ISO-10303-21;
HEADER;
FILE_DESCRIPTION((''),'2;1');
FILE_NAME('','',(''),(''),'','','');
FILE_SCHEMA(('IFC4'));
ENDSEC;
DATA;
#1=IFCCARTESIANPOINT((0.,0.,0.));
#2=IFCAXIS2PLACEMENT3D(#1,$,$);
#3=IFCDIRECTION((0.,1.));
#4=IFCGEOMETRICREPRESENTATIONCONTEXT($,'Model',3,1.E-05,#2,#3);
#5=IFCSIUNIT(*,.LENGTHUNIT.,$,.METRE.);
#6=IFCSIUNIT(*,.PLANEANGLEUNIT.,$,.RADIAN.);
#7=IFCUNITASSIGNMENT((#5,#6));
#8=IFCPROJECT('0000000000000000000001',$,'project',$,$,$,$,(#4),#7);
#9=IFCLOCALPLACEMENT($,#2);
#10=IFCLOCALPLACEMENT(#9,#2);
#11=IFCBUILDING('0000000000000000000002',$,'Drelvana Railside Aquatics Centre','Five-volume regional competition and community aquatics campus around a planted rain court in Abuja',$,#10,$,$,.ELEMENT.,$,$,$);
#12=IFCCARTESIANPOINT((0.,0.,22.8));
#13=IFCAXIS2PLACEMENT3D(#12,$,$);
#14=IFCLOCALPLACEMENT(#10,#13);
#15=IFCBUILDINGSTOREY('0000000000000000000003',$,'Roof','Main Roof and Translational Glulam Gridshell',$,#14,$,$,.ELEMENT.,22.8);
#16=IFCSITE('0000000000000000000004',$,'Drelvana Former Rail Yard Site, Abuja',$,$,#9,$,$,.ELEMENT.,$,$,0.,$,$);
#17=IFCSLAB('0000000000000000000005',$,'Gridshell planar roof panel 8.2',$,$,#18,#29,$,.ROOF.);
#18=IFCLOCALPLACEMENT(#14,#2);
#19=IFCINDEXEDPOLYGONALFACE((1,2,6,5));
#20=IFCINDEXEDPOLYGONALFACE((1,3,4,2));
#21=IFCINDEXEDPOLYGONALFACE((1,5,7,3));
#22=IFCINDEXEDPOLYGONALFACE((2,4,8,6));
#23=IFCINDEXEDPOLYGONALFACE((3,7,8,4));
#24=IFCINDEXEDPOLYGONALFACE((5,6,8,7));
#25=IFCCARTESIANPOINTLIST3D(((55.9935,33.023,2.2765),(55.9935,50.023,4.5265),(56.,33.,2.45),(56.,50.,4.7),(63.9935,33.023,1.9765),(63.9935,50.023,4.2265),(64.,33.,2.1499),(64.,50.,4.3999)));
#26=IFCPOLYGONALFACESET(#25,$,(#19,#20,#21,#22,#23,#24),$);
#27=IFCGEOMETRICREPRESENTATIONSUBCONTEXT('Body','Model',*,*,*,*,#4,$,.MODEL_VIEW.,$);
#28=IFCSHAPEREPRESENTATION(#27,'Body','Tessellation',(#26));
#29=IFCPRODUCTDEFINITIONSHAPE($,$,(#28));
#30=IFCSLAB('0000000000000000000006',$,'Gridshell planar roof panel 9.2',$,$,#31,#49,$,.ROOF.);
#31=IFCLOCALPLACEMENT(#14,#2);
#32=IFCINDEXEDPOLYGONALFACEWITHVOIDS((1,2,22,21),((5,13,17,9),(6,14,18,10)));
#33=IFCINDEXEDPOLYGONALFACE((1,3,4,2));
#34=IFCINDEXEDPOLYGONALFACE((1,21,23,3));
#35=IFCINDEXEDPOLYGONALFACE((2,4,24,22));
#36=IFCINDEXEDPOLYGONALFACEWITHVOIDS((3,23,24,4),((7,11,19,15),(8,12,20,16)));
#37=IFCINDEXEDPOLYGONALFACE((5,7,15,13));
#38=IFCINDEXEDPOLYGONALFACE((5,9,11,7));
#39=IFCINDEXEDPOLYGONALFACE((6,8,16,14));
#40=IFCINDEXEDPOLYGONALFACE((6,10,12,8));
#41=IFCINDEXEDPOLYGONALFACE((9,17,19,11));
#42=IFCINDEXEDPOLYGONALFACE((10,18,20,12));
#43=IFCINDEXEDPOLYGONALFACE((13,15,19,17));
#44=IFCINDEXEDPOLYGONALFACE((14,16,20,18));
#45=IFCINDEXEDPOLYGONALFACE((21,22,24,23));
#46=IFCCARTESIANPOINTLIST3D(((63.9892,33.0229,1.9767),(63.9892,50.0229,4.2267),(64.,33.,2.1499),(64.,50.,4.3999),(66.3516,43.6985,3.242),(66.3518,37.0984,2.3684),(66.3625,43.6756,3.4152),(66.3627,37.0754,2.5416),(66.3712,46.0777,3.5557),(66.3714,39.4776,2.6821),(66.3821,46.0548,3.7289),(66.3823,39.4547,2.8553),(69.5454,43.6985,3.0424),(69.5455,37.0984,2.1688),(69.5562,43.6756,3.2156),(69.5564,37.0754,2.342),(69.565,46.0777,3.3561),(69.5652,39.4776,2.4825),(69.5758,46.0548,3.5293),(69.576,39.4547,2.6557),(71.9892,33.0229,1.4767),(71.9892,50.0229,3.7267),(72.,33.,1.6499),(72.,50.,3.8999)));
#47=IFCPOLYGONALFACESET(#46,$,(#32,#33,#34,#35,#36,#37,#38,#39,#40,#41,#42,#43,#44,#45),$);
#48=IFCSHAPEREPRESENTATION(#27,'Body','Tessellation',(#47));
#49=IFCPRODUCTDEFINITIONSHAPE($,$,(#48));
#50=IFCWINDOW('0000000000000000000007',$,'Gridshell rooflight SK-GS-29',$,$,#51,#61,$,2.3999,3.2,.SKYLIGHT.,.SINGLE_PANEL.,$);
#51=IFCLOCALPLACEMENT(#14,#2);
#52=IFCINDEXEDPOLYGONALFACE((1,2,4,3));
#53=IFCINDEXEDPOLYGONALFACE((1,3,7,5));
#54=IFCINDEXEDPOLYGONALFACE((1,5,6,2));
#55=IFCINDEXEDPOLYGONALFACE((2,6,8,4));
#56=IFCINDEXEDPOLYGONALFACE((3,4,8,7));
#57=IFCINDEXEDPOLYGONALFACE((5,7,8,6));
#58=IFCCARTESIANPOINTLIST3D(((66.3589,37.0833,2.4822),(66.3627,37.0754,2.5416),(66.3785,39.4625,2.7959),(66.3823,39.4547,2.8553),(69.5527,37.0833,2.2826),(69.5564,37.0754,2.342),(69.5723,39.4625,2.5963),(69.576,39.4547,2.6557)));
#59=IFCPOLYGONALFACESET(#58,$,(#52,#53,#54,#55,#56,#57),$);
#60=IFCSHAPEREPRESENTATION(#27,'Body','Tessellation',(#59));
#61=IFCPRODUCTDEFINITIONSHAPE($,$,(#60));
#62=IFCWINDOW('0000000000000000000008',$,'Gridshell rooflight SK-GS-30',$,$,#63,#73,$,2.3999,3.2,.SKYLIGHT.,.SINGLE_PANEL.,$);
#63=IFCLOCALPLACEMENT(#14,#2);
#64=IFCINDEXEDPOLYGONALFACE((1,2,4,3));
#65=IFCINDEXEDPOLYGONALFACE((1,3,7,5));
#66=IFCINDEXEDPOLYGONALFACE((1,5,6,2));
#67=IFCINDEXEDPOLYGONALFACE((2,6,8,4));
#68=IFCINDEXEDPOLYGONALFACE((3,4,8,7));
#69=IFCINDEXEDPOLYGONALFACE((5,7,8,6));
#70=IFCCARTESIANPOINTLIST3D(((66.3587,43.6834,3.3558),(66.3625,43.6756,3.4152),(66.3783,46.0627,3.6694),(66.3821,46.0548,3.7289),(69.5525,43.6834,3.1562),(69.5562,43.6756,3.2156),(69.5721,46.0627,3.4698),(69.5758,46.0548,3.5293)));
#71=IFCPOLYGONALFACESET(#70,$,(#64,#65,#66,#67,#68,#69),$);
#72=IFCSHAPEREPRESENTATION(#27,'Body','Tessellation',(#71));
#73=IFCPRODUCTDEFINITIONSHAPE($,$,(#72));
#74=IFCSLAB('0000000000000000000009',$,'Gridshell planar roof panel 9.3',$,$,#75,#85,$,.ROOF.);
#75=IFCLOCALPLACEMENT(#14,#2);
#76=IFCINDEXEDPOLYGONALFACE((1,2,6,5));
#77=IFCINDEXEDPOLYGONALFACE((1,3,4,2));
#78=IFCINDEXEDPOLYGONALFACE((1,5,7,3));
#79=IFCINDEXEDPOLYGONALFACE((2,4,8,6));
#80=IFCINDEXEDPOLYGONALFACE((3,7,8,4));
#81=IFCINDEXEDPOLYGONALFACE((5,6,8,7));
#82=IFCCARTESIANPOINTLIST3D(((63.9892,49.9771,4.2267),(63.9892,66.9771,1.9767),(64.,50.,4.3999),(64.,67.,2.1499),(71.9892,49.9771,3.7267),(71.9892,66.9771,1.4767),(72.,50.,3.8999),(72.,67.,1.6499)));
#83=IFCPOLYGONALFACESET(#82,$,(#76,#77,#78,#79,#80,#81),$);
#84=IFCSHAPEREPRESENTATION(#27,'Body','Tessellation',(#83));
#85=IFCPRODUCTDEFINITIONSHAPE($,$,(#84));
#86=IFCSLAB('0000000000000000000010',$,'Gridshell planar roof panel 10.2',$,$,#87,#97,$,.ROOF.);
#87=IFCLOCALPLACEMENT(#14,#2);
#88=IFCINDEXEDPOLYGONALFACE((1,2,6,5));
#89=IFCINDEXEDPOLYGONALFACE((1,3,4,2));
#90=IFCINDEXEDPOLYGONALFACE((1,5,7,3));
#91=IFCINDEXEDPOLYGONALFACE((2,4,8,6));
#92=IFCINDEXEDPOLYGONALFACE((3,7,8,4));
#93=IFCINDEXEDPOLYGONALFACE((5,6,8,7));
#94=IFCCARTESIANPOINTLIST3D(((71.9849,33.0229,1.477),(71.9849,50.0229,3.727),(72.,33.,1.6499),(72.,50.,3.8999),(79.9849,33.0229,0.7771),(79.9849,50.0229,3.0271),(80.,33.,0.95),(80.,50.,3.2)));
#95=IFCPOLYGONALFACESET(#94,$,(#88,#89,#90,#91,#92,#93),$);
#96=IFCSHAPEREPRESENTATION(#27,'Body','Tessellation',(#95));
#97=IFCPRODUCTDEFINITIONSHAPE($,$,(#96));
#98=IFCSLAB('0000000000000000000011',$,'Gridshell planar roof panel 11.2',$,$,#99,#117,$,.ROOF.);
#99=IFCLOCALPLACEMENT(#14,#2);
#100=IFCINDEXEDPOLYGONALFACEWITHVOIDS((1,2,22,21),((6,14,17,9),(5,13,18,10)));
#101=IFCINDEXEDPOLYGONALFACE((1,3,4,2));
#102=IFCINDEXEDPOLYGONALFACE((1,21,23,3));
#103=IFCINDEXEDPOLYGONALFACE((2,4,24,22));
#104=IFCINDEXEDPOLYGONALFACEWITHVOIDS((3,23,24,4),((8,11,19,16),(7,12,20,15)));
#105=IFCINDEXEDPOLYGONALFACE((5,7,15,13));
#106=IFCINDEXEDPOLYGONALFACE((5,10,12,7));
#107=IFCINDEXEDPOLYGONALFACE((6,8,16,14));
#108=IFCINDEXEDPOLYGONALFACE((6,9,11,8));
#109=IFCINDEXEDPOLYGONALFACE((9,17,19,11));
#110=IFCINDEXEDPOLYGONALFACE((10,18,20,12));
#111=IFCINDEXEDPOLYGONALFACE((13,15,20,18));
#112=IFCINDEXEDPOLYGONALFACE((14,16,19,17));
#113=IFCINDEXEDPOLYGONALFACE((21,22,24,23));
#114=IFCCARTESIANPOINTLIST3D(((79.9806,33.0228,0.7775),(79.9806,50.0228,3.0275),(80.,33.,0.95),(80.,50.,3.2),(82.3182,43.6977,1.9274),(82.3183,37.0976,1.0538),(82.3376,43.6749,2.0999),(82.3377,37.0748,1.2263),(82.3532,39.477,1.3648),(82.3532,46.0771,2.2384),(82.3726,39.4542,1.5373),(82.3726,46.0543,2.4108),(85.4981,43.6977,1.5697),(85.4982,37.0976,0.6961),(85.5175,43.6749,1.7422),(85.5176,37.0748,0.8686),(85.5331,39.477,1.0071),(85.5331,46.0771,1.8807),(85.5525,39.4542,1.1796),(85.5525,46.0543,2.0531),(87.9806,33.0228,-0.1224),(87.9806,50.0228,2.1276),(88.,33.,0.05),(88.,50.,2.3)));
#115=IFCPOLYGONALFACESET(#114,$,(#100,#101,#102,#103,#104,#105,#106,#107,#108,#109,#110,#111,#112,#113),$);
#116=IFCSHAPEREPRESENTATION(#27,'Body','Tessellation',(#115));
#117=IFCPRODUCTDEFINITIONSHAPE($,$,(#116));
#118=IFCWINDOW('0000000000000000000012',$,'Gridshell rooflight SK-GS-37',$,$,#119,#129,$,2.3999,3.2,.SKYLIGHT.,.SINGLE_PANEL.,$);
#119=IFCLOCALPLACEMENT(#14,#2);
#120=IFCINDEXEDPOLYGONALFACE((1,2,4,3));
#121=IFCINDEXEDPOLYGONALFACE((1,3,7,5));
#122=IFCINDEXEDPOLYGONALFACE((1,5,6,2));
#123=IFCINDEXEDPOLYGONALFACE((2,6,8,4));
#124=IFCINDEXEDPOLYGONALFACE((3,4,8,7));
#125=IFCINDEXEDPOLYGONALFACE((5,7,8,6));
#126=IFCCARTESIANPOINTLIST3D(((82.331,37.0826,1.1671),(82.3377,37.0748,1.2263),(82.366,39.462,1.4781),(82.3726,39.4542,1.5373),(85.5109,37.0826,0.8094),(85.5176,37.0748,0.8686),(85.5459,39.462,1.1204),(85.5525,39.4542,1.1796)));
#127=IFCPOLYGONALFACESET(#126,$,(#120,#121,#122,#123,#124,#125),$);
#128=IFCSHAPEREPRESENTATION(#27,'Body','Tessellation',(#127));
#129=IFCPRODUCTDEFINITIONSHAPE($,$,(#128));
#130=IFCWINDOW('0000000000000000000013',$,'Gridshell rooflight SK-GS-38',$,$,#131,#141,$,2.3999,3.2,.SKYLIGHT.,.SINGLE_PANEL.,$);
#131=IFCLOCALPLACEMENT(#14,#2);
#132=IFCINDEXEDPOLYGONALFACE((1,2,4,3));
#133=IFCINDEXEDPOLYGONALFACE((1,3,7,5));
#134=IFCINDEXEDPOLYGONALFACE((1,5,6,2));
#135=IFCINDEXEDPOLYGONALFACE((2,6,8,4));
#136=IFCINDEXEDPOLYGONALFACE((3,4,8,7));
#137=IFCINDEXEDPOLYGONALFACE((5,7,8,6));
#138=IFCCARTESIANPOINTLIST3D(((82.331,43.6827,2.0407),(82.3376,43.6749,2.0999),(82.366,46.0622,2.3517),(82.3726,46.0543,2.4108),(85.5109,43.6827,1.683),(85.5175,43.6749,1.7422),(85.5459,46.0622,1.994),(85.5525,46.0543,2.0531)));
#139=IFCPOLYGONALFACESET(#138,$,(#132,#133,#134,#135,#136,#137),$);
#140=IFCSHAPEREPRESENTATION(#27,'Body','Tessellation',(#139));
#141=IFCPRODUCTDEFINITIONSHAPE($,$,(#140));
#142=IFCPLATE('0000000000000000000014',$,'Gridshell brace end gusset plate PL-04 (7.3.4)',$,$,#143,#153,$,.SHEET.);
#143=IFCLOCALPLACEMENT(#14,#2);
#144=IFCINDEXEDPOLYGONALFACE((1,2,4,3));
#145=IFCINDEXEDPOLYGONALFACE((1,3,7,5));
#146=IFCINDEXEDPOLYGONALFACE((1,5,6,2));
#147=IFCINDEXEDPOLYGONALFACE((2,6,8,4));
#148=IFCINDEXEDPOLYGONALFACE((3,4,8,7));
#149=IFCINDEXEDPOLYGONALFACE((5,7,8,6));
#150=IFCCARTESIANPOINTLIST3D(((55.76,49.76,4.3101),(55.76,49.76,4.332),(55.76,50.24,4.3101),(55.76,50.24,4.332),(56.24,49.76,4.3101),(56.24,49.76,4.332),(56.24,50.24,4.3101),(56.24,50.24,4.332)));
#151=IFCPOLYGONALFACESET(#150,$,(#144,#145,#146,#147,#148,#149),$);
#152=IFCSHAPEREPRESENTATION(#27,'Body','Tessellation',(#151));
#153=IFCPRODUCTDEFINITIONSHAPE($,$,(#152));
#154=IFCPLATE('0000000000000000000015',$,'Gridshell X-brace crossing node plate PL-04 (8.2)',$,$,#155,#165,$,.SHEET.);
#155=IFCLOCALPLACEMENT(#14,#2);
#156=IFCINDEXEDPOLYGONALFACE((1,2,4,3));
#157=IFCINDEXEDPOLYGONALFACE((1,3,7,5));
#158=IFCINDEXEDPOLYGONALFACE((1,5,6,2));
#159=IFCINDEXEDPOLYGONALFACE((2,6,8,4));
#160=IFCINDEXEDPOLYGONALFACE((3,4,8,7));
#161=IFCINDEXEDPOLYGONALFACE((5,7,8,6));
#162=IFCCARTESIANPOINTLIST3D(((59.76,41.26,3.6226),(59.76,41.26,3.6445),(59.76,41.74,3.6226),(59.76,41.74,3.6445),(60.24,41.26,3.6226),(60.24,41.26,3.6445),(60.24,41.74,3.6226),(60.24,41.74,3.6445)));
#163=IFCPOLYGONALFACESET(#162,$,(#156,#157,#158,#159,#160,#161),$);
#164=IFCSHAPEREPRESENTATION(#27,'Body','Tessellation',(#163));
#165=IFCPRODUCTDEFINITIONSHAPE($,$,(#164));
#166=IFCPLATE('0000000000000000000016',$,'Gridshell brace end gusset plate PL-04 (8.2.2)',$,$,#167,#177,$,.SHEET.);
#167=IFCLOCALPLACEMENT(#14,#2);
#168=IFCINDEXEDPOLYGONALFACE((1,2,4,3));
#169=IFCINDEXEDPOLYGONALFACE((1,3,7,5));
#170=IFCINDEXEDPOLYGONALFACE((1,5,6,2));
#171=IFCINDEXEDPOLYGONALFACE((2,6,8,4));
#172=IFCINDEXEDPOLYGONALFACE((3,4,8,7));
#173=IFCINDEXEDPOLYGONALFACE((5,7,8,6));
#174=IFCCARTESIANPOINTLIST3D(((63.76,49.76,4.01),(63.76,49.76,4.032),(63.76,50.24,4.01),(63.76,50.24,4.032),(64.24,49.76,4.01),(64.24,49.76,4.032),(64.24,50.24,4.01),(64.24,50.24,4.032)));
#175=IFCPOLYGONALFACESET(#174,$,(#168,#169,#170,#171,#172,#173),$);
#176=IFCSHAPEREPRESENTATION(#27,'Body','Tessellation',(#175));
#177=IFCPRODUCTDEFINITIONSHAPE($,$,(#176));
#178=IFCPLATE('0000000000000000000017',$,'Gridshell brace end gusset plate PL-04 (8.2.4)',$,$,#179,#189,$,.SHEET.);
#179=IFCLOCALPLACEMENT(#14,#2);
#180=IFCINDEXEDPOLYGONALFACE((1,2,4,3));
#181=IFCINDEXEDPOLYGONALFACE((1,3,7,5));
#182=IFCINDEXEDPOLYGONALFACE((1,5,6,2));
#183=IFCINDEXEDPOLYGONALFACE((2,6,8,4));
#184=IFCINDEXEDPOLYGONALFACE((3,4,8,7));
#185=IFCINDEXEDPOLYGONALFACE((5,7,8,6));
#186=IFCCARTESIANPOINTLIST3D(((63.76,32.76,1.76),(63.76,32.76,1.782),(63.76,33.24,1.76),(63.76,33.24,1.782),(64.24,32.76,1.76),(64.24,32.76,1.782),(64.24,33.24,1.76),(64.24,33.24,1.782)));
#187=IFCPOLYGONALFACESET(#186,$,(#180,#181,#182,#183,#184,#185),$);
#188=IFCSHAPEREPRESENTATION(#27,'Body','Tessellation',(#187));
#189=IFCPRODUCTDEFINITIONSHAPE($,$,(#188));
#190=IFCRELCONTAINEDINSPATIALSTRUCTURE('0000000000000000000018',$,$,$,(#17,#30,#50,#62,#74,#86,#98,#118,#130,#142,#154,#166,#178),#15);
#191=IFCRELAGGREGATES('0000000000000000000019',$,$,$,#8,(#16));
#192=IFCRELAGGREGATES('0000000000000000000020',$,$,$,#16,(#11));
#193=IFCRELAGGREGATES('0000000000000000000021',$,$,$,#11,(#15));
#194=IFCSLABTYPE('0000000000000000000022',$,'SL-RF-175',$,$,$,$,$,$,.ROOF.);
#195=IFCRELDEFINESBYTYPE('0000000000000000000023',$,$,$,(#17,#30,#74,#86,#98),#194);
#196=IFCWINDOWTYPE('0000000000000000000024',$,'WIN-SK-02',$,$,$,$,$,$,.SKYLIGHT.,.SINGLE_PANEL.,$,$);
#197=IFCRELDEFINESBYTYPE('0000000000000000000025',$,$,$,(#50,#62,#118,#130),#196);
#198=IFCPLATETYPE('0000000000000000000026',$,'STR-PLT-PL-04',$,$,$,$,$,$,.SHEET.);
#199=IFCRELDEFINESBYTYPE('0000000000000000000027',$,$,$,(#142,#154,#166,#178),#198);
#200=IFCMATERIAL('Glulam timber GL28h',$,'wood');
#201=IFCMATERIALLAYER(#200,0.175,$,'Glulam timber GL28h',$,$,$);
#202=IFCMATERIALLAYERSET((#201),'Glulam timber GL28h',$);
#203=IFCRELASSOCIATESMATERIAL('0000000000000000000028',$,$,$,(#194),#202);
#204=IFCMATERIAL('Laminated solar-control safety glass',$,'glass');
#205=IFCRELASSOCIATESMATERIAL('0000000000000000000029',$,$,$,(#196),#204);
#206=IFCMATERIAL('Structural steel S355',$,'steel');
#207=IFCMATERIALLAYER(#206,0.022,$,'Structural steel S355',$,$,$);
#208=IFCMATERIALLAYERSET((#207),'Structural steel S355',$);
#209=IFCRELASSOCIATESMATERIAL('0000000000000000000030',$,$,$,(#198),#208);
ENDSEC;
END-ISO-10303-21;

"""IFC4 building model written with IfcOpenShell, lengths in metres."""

from ifc_helpers import new_model, si_unit, direction, frame, origin, origin_2d, place, context, subcontext, project, spatial, polyline, rectangle, outline, extrude, material, layer, layer_set, type_object, element, fill, save


model = new_model("IFC4")

# Units and contexts
model_context = context("Model", 3, precision=1e-05, world=origin(), true_north=direction((0.0, 1.0)))
body_context = subcontext(model_context, "Body", "Model", "MODEL_VIEW")
ifc_project = project(units=[si_unit("LENGTHUNIT", "METRE"), si_unit("PLANEANGLEUNIT", "RADIAN")], contexts=[model_context])

# Site, building, storey
site_placement = place(None, origin())
site = spatial("IfcSite", under=ifc_project, at=site_placement, Name="Drelvana Former Rail Yard Site, Abuja", CompositionType="ELEMENT", RefElevation=0.0)
building_placement = place(site_placement, origin())
building = spatial("IfcBuilding", under=site, at=building_placement, Name="Drelvana Railside Aquatics Centre", Description="Five-volume regional competition and community aquatics campus around a planted rain court in Abuja", CompositionType="ELEMENT")
storey_placement = place(building_placement, frame((0.0, 0.0, 22.8)))
storey = spatial("IfcBuildingStorey", under=building, at=storey_placement, Name="Roof", Description="Main Roof and Translational Glulam Gridshell", CompositionType="ELEMENT", Elevation=22.8)

# Shared definitions
ifc_material_1 = material(Name="Glulam timber GL28h", Category="wood")

# Slab
ifc_layer_1 = layer(ifc_material_1, 0.175, Name="Glulam timber GL28h")
ifc_layer_set_1 = layer_set([ifc_layer_1], Name="Glulam timber GL28h")
slab_type = type_object("IfcSlabType", Name="SL-RF-175", PredefinedType="ROOF", material=ifc_layer_set_1)
slab_1_placement = place(storey_placement, frame((56.0, 33.0, 2.45), z_axis=(0.037156, -0.131118, 0.99067), x_axis=(0.999297, 0.0, -0.03748)))
element("IfcSlab", 1, at=slab_1_placement, inside=storey, type_object=slab_type, Name="Gridshell planar roof panel 8.2", PredefinedType="ROOF", context=body_context, shape_type="SweptSolid", body=[
    extrude(outline(polyline([(0.0, 0.0), (8.0056, 0.0), (7.9213, 17.148), (-0.0843, 17.148), (0.0, 0.0)])), origin(), (0.0, 0.0, -1.0), 0.175),
])

# Slab, openings, windows
ifc_material_2 = material(Name="Laminated solar-control safety glass", Category="glass")
window_type = type_object("IfcWindowType", Name="WIN-SK-02", PartitioningType="SINGLE_PANEL", PredefinedType="SKYLIGHT", material=ifc_material_2)
slab_2_placement = place(storey_placement, frame((64.0, 33.0, 2.1499), z_axis=(0.061841, -0.130958, 0.989457), x_axis=(0.998053, 0.0, -0.062378)))
slab_2 = element("IfcSlab", 2, at=slab_2_placement, inside=storey, type_object=slab_type, Name="Gridshell planar roof panel 9.2", PredefinedType="ROOF", context=body_context, shape_type="SweptSolid", body=[
    extrude(outline(polyline([(0.0, 0.0), (8.0156, 0.0), (7.8753, 17.1477), (-0.1404, 17.1477), (0.0, 0.0)])), origin(), (0.0, 0.0, -1.0), 0.175),
])
opening_1_placement = place(slab_2_placement, frame((3.9336, 5.3108, 0.01)))
opening_1 = element("IfcOpeningElement", 3, at=opening_1_placement, cuts=slab_2, PredefinedType="OPENING", context=body_context, shape_type="SweptSolid", body=[
    extrude(rectangle(XDim=3.2, YDim=2.3999, at=origin_2d()), origin(), (0.0, 0.0, -1.0), 0.1951),
])
opening_2_placement = place(slab_2_placement, frame((3.8789, 11.9683, 0.01)))
opening_2 = element("IfcOpeningElement", 4, at=opening_2_placement, cuts=slab_2, PredefinedType="OPENING", context=body_context, shape_type="SweptSolid", body=[
    extrude(rectangle(XDim=3.2, YDim=2.3999, at=origin_2d()), origin(), (0.0, 0.0, -1.0), 0.1951),
])
window_1_placement = place(slab_2_placement, frame((3.9336, 5.3108, 0.0)))
window_1 = element("IfcWindow", 5, at=window_1_placement, inside=storey, type_object=window_type, Name="Gridshell rooflight SK-GS-29", OverallHeight=2.3999, OverallWidth=3.2, PartitioningType="SINGLE_PANEL", PredefinedType="SKYLIGHT", context=body_context, shape_type="SweptSolid", body=[
    extrude(rectangle(XDim=3.2, YDim=2.3999, at=origin_2d()), origin(), (0.0, 0.0, -1.0), 0.0601),
])
fill(opening_1, window_1)
window_2_placement = place(slab_2_placement, frame((3.8789, 11.9683, 0.0)))
window_2 = element("IfcWindow", 6, at=window_2_placement, inside=storey, type_object=window_type, Name="Gridshell rooflight SK-GS-30", OverallHeight=2.3999, OverallWidth=3.2, PartitioningType="SINGLE_PANEL", PredefinedType="SKYLIGHT", context=body_context, shape_type="SweptSolid", body=[
    extrude(rectangle(XDim=3.2, YDim=2.3999, at=origin_2d()), origin(), (0.0, 0.0, -1.0), 0.0601),
])
fill(opening_2, window_2)

# Slabs
slab_3_placement = place(storey_placement, frame((64.0, 50.0, 4.3999), z_axis=(0.061841, 0.130958, 0.989457), x_axis=(0.998053, 0.0, -0.062378)))
element("IfcSlab", 7, at=slab_3_placement, inside=storey, type_object=slab_type, Name="Gridshell planar roof panel 9.3", PredefinedType="ROOF", context=body_context, shape_type="SweptSolid", body=[
    extrude(outline(polyline([(0.0, 0.0), (8.0156, 0.0), (8.156, 17.1477), (0.1404, 17.1477), (0.0, 0.0)])), origin(), (0.0, 0.0, -1.0), 0.175),
])
slab_4_placement = place(storey_placement, frame((72.0, 33.0, 1.6499), z_axis=(0.086413, -0.130718, 0.987647), x_axis=(0.996194, 0.0, -0.087161)))
element("IfcSlab", 8, at=slab_4_placement, inside=storey, type_object=slab_type, Name="Gridshell planar roof panel 10.2", PredefinedType="ROOF", context=body_context, shape_type="SweptSolid", body=[
    extrude(outline(polyline([(0.0, 0.0), (8.0306, 0.0), (7.8345, 17.1471), (-0.1961, 17.1471), (0.0, 0.0)])), origin(), (0.0, 0.0, -1.0), 0.175),
])

# Slab, openings, windows
slab_5_placement = place(storey_placement, frame((80.0, 33.0, 0.95), z_axis=(0.110828, -0.1304, 0.985248), x_axis=(0.993733, 0.0, -0.111783)))
slab_5 = element("IfcSlab", 9, at=slab_5_placement, inside=storey, type_object=slab_type, Name="Gridshell planar roof panel 11.2", PredefinedType="ROOF", context=body_context, shape_type="SweptSolid", body=[
    extrude(outline(polyline([(0.0, 0.0), (8.0505, 0.0), (7.7989, 17.1464), (-0.2515, 17.1464), (0.0, 0.0)])), origin(), (0.0, 0.0, -1.0), 0.175),
])
opening_3_placement = place(slab_5_placement, frame((3.8921, 5.3098, 0.01)))
opening_3 = element("IfcOpeningElement", 10, at=opening_3_placement, cuts=slab_5, PredefinedType="OPENING", context=body_context, shape_type="SweptSolid", body=[
    extrude(rectangle(XDim=3.2, YDim=2.3999, at=origin_2d()), origin(), (0.0, 0.0, -1.0), 0.1951),
])
opening_4_placement = place(slab_5_placement, frame((3.7944, 11.9668, 0.01)))
opening_4 = element("IfcOpeningElement", 11, at=opening_4_placement, cuts=slab_5, PredefinedType="OPENING", context=body_context, shape_type="SweptSolid", body=[
    extrude(rectangle(XDim=3.2, YDim=2.3999, at=origin_2d()), origin(), (0.0, 0.0, -1.0), 0.1951),
])
window_3_placement = place(slab_5_placement, frame((3.8921, 5.3098, 0.0)))
window_3 = element("IfcWindow", 12, at=window_3_placement, inside=storey, type_object=window_type, Name="Gridshell rooflight SK-GS-37", OverallHeight=2.3999, OverallWidth=3.2, PartitioningType="SINGLE_PANEL", PredefinedType="SKYLIGHT", context=body_context, shape_type="SweptSolid", body=[
    extrude(rectangle(XDim=3.2, YDim=2.3999, at=origin_2d()), origin(), (0.0, 0.0, -1.0), 0.0601),
])
fill(opening_3, window_3)
window_4_placement = place(slab_5_placement, frame((3.7944, 11.9668, 0.0)))
window_4 = element("IfcWindow", 13, at=window_4_placement, inside=storey, type_object=window_type, Name="Gridshell rooflight SK-GS-38", OverallHeight=2.3999, OverallWidth=3.2, PartitioningType="SINGLE_PANEL", PredefinedType="SKYLIGHT", context=body_context, shape_type="SweptSolid", body=[
    extrude(rectangle(XDim=3.2, YDim=2.3999, at=origin_2d()), origin(), (0.0, 0.0, -1.0), 0.0601),
])
fill(opening_4, window_4)

# Plates
ifc_material_3 = material(Name="Structural steel S355", Category="steel")
ifc_layer_2 = layer(ifc_material_3, 0.022, Name="Structural steel S355")
ifc_layer_set_2 = layer_set([ifc_layer_2], Name="Structural steel S355")
plate_type = type_object("IfcPlateType", Name="STR-PLT-PL-04", PredefinedType="SHEET", material=ifc_layer_set_2)
for number, where, z_axis, x_axis, name in (
    (14, (56.0, 50.0, 4.3101), (0.0, 0.0, 1.0), (1.0, 0.0, 0.0), "Gridshell brace end gusset plate PL-04 (7.3.4)"),
    (15, (60.0, 41.5, 3.6226), (0.0, 0.0, 1.0), (1.0, 0.0, 0.0), "Gridshell X-brace crossing node plate PL-04 (8.2)"),
    (16, (64.0, 50.0, 4.01), (0.0, 0.0, 1.0), (1.0, 0.0, 0.0), "Gridshell brace end gusset plate PL-04 (8.2.2)"),
    (17, (64.0, 33.0, 1.76), (0.0, 0.0, 1.0), (1.0, 0.0, 0.0), "Gridshell brace end gusset plate PL-04 (8.2.4)"),
):
    element("IfcPlate", number, at=place(storey_placement, frame(where, z_axis=z_axis, x_axis=x_axis)), inside=storey, type_object=plate_type, Name=name, PredefinedType="SHEET", context=body_context, shape_type="SweptSolid", body=[
        extrude(rectangle(XDim=0.48, YDim=0.48, at=origin_2d()), origin(), (0.0, 0.0, 1.0), 0.022),
    ])

save(model, "model.ifc")
